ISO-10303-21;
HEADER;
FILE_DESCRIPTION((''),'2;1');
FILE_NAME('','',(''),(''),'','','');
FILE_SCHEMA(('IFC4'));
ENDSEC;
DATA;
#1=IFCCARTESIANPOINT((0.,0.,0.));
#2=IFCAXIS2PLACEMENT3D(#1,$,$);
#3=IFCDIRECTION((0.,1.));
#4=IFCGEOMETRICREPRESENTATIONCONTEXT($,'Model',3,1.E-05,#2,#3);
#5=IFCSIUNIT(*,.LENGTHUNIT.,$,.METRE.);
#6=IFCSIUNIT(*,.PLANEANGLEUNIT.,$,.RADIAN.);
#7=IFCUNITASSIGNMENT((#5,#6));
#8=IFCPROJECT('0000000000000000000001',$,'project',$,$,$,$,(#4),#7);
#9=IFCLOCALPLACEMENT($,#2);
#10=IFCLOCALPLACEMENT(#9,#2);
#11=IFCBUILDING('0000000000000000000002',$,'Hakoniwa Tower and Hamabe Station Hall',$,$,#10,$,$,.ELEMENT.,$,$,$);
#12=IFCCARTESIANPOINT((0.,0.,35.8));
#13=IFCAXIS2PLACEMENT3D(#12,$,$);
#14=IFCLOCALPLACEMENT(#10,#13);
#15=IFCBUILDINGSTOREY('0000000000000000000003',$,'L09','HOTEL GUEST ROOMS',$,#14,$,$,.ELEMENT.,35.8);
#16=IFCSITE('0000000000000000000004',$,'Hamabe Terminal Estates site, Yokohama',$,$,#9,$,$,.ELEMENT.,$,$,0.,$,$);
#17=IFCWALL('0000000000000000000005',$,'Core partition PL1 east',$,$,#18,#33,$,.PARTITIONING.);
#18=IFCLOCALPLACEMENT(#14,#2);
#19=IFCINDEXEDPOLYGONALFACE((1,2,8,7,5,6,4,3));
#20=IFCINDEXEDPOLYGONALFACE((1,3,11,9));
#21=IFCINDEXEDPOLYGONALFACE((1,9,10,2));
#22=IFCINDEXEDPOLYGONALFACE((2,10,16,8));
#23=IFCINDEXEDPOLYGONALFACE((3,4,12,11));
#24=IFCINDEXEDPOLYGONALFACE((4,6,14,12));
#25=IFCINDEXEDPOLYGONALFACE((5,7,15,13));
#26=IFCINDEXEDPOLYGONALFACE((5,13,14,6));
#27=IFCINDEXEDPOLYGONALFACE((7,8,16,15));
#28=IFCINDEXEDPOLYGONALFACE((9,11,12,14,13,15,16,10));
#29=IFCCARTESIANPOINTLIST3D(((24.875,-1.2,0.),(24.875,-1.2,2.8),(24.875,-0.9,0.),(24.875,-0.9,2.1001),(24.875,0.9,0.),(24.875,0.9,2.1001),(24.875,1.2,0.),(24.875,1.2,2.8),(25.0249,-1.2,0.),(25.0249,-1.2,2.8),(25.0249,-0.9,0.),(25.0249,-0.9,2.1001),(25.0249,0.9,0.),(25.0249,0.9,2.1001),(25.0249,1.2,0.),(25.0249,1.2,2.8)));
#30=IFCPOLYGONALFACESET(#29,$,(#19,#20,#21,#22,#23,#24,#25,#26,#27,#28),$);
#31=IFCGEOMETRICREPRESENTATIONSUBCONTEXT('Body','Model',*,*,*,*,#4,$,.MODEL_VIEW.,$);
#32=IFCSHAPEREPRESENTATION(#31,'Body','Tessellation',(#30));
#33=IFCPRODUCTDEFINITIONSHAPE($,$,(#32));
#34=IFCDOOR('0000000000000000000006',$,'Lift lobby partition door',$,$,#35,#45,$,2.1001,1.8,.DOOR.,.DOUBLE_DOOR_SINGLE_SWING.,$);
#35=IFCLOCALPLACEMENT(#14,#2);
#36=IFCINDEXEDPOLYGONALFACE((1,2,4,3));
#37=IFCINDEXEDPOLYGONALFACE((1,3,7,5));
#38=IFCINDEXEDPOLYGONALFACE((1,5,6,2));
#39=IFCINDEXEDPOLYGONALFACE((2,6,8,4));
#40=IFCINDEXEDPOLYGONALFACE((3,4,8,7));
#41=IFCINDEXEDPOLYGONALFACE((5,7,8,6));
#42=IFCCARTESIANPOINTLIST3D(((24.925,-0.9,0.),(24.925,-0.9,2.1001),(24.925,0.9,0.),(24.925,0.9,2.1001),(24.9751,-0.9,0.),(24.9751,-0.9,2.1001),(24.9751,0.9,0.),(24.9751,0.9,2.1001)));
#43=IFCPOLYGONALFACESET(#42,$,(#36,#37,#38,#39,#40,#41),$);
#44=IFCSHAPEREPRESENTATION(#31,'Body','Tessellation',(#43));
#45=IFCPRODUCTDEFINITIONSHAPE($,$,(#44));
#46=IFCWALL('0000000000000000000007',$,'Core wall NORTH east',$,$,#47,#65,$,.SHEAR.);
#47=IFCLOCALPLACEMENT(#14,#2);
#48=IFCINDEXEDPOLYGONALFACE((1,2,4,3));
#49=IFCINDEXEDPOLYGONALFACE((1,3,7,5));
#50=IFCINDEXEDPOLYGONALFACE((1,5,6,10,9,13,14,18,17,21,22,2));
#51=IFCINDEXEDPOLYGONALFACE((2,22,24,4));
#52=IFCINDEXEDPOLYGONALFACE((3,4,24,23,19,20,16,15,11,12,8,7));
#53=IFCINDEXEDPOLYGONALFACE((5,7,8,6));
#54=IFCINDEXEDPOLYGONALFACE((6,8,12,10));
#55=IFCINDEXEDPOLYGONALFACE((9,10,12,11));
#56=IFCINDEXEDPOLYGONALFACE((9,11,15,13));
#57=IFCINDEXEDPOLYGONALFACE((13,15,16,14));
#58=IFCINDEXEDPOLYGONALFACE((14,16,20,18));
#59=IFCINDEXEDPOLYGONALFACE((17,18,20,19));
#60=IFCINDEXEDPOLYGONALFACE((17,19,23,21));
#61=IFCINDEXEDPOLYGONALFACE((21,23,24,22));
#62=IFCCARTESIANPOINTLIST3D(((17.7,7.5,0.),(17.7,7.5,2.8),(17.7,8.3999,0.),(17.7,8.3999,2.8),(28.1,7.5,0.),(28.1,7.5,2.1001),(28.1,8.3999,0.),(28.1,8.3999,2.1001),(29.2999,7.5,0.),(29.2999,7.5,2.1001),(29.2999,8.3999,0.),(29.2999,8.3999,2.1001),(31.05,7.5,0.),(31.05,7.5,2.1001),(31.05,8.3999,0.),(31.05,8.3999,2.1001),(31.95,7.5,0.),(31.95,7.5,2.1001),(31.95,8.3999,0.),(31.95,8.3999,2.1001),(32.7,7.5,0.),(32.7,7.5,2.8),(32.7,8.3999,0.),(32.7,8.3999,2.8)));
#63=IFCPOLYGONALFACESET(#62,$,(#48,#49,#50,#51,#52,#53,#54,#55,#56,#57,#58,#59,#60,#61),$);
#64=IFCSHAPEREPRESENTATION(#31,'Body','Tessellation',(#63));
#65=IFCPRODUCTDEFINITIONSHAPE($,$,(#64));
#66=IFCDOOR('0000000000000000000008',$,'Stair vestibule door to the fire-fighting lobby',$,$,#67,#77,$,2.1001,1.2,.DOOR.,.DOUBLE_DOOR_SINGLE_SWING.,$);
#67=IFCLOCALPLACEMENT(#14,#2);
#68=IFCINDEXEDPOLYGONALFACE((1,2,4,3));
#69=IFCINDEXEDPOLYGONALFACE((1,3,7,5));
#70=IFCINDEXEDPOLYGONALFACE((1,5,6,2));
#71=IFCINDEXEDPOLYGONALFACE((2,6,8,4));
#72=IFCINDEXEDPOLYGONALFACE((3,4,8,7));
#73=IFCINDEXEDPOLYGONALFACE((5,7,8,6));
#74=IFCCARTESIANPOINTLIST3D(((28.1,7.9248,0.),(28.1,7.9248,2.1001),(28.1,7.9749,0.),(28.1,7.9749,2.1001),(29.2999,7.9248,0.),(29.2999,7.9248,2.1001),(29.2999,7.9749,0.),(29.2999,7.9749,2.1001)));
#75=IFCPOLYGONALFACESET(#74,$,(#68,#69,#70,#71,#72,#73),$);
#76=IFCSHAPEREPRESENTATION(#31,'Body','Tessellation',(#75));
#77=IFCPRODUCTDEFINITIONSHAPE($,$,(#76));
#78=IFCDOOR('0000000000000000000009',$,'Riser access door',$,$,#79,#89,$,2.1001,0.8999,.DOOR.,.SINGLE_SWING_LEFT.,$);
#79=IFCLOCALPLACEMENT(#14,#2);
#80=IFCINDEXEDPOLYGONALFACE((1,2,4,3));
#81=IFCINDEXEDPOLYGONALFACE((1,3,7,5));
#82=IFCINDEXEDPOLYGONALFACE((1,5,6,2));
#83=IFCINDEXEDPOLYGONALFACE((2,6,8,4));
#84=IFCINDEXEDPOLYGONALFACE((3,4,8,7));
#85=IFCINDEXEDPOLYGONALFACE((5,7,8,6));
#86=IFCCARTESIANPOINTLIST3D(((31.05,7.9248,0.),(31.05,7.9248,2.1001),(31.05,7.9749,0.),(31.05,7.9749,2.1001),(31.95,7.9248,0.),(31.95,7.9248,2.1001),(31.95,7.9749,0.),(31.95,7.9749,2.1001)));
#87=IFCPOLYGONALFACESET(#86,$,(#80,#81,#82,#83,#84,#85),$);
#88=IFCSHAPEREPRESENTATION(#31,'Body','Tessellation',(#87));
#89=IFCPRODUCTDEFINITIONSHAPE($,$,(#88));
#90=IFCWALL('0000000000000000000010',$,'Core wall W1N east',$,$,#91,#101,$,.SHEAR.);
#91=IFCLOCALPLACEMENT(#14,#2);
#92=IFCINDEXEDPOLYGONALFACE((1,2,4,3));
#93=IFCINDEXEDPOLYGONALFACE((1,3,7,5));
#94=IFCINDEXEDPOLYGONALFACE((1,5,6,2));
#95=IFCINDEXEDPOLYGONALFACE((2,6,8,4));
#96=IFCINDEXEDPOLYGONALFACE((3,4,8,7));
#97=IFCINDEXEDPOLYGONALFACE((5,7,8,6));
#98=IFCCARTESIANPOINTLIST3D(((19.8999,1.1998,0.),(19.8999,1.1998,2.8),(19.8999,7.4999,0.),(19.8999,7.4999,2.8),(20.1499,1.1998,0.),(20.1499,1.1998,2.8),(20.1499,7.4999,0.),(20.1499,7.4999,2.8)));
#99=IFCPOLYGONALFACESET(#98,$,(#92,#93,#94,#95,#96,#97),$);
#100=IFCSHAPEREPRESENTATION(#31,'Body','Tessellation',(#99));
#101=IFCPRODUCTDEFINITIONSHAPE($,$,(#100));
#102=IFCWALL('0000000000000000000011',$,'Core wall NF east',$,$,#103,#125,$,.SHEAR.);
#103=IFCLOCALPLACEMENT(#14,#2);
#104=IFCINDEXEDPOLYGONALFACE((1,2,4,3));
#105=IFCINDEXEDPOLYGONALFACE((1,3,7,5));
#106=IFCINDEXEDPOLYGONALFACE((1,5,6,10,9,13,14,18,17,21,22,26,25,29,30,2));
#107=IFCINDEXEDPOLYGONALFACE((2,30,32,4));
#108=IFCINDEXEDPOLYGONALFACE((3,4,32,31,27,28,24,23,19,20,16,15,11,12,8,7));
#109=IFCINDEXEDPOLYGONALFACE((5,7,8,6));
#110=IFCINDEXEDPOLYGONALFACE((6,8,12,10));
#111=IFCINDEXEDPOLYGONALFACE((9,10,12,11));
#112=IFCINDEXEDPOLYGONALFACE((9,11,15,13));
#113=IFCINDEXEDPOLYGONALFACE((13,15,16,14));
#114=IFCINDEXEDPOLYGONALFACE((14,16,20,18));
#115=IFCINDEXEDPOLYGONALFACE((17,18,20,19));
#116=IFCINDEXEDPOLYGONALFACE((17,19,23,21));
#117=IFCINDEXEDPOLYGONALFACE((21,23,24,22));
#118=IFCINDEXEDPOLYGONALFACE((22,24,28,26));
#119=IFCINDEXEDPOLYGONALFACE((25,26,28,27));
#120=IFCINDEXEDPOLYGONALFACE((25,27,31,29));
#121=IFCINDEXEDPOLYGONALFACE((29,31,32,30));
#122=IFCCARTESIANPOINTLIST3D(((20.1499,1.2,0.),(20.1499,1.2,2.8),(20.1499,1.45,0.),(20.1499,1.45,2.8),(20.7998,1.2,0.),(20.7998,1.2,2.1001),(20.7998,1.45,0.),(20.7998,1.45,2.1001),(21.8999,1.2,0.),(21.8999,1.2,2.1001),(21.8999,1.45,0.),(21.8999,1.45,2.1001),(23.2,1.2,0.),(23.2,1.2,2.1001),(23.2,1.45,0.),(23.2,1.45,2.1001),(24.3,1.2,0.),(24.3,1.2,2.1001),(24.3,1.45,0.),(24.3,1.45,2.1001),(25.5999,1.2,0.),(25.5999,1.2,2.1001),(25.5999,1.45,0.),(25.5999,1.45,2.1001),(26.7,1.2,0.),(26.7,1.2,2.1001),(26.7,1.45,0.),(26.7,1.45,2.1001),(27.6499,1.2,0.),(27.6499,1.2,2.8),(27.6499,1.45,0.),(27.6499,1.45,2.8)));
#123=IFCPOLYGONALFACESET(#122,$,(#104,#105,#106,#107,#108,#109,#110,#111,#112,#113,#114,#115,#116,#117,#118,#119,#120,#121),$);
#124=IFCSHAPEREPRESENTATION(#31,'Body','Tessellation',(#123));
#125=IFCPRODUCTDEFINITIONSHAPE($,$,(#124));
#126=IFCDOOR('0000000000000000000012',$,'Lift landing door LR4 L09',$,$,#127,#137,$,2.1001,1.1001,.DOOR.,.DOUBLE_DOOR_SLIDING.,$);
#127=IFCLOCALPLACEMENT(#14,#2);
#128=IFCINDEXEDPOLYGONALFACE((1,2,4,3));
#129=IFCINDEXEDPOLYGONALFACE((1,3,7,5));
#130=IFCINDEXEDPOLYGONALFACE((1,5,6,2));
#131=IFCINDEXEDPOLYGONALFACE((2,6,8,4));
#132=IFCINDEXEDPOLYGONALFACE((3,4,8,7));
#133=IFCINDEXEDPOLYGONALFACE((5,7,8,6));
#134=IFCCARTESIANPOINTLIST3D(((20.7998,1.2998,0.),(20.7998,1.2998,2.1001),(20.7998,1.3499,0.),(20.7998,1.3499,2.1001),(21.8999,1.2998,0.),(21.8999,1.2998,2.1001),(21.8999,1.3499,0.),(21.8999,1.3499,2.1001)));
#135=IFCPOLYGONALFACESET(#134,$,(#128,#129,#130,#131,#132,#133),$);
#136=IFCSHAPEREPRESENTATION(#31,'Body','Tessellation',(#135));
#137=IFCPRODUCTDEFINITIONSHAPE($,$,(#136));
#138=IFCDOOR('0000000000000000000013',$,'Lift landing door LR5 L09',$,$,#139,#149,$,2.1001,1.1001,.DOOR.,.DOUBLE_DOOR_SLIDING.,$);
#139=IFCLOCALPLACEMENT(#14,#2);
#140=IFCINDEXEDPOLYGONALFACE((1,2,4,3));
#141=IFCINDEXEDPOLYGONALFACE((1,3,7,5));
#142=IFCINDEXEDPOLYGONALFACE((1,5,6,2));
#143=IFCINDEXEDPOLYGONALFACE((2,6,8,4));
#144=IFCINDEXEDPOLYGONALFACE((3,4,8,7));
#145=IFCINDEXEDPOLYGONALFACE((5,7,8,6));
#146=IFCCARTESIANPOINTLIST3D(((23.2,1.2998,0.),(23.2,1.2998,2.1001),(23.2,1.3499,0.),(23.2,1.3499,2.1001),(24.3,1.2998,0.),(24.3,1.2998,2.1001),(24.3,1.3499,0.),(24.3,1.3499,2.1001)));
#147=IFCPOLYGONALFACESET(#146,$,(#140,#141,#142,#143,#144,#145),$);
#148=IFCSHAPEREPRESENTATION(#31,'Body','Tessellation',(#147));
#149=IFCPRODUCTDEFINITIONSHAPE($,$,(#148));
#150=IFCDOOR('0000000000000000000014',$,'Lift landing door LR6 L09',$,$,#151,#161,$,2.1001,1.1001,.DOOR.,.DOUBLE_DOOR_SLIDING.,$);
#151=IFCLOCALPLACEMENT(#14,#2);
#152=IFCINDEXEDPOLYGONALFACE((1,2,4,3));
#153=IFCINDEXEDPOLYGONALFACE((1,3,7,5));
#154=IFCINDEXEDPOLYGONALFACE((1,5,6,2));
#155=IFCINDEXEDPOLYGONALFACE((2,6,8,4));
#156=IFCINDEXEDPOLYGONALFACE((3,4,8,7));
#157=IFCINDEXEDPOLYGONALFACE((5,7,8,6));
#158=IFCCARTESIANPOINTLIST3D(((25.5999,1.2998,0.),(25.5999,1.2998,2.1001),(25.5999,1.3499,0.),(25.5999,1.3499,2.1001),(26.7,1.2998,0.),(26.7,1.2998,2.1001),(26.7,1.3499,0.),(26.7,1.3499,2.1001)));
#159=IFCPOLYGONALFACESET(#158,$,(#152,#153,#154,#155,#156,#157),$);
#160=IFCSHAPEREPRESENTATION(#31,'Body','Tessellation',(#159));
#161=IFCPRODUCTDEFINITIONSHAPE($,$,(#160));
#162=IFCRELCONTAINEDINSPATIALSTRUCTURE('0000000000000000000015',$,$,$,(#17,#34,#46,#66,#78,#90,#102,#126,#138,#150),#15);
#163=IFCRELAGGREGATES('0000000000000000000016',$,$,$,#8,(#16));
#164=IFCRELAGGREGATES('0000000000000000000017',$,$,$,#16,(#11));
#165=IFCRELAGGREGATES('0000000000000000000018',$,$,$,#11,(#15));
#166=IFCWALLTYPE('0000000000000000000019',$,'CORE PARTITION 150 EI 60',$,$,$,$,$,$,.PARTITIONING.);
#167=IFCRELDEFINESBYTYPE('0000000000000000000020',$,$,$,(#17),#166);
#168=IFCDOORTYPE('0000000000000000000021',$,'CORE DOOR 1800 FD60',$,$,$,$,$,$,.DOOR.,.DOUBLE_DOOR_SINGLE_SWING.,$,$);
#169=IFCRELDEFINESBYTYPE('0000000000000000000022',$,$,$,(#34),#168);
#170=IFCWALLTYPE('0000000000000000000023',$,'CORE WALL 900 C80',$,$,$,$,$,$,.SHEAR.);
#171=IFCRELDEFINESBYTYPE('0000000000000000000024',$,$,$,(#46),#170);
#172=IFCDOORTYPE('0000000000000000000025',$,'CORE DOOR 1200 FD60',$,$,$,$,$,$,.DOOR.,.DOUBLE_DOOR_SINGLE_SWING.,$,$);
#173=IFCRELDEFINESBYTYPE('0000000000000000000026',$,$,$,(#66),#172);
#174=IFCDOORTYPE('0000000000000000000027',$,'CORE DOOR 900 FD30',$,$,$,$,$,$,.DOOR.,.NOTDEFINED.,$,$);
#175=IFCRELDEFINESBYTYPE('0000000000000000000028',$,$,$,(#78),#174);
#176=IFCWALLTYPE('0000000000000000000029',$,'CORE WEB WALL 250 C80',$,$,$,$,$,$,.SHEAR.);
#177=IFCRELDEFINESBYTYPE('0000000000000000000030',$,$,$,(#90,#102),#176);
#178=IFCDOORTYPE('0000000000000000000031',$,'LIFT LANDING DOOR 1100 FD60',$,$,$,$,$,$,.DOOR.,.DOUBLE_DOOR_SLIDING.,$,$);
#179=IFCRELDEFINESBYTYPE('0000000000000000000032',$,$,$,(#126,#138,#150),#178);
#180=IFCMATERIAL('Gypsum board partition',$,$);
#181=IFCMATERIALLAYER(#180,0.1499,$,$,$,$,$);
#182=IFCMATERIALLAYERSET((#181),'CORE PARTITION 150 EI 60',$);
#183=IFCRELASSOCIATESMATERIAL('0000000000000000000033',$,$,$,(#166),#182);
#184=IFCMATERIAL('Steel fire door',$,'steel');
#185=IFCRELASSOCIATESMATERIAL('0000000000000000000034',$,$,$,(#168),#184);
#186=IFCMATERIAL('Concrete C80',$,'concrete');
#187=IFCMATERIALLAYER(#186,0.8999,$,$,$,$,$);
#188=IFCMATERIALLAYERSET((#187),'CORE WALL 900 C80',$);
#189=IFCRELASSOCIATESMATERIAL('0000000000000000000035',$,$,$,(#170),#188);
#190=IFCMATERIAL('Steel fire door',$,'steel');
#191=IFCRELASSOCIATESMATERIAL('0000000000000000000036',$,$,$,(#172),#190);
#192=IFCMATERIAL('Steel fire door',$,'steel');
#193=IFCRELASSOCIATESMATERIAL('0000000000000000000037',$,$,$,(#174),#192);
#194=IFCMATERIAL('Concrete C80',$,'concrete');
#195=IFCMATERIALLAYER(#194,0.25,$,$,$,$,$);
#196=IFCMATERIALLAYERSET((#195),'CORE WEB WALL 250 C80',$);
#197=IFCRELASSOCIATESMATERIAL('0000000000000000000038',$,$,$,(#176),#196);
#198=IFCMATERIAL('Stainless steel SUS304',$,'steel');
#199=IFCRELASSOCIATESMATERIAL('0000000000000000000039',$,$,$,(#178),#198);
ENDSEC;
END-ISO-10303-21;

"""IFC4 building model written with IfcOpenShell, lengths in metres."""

from ifc_helpers import new_model, si_unit, direction, frame, frame_2d, origin, place, context, subcontext, project, spatial, rectangle, extrude, material, layer, layer_set, type_object, element, fill, save


model = new_model("IFC4")

# Units and contexts
model_context = context("Model", 3, precision=1e-05, world=origin(), true_north=direction((0.0, 1.0)))
body_context = subcontext(model_context, "Body", "Model", "MODEL_VIEW")
ifc_project = project(units=[si_unit("LENGTHUNIT", "METRE"), si_unit("PLANEANGLEUNIT", "RADIAN")], contexts=[model_context])

# Site, building, storey
site_placement = place(None, origin())
site = spatial("IfcSite", under=ifc_project, at=site_placement, Name="Hamabe Terminal Estates site, Yokohama", CompositionType="ELEMENT", RefElevation=0.0)
building_placement = place(site_placement, origin())
building = spatial("IfcBuilding", under=site, at=building_placement, Name="Hakoniwa Tower and Hamabe Station Hall", CompositionType="ELEMENT")
storey_placement = place(building_placement, frame((0.0, 0.0, 35.8)))
storey = spatial("IfcBuildingStorey", under=building, at=storey_placement, Name="L09", Description="HOTEL GUEST ROOMS", CompositionType="ELEMENT", Elevation=35.8)

# Wall, opening, door
ifc_material_1 = material(Name="Gypsum board partition")
ifc_layer_1 = layer(ifc_material_1, 0.1499)
ifc_layer_set_1 = layer_set([ifc_layer_1], Name="CORE PARTITION 150 EI 60")
wall_type_1 = type_object("IfcWallType", Name="CORE PARTITION 150 EI 60", PredefinedType="PARTITIONING", material=ifc_layer_set_1)
wall_1_placement = place(storey_placement, frame((24.95, -1.2, 0.0), z_axis=(0.0, 0.0, 1.0), x_axis=(0.0, 1.0, 0.0)))
wall_1 = element("IfcWall", 1, at=wall_1_placement, inside=storey, type_object=wall_type_1, Name="Core partition PL1 east", PredefinedType="PARTITIONING", context=body_context, shape_type="SweptSolid", body=[
    extrude(rectangle(XDim=2.3999, YDim=0.1499, at=frame_2d((1.2, 0.0))), origin(), (0.0, 0.0, 1.0), 2.8),
])
opening_1_placement = place(wall_1_placement, frame((0.3, 0.0, 0.0)))
opening_1 = element("IfcOpeningElement", 2, at=opening_1_placement, cuts=wall_1, PredefinedType="OPENING", context=body_context, shape_type="SweptSolid", body=[
    extrude(rectangle(XDim=1.8, YDim=2.1001, at=frame_2d((0.8999, 1.05))), frame((0.0, 0.085, 0.0), z_axis=(0.0, -1.0, 0.0), x_axis=(1.0, 0.0, 0.0)), (0.0, 0.0, 1.0), 0.1699),
])
ifc_material_2 = material(Name="Steel fire door", Category="steel")
door_type_1 = type_object("IfcDoorType", Name="CORE DOOR 1800 FD60", OperationType="DOUBLE_DOOR_SINGLE_SWING", PredefinedType="DOOR", material=ifc_material_2)
door_1_placement = place(opening_1_placement, origin())
door_1 = element("IfcDoor", 3, at=door_1_placement, inside=storey, type_object=door_type_1, Name="Lift lobby partition door", OperationType="DOUBLE_DOOR_SINGLE_SWING", OverallHeight=2.1001, OverallWidth=1.8, PredefinedType="DOOR", context=body_context, shape_type="SweptSolid", body=[
    extrude(rectangle(XDim=1.8, YDim=2.1001, at=frame_2d((0.8999, 1.05))), frame((0.0, 0.0249, 0.0), z_axis=(0.0, -1.0, 0.0), x_axis=(1.0, 0.0, 0.0)), (0.0, 0.0, 1.0), 0.05),
])
fill(opening_1, door_1)

# Wall, openings, doors
ifc_material_3 = material(Name="Concrete C80", Category="concrete")
ifc_layer_2 = layer(ifc_material_3, 0.8999)
ifc_layer_set_2 = layer_set([ifc_layer_2], Name="CORE WALL 900 C80")
wall_type_2 = type_object("IfcWallType", Name="CORE WALL 900 C80", PredefinedType="SHEAR", material=ifc_layer_set_2)
wall_2_placement = place(storey_placement, frame((17.7, 7.95, 0.0), z_axis=(0.0, 0.0, 1.0), x_axis=(1.0, 0.0, 0.0)))
wall_2 = element("IfcWall", 4, at=wall_2_placement, inside=storey, type_object=wall_type_2, Name="Core wall NORTH east", PredefinedType="SHEAR", context=body_context, shape_type="SweptSolid", body=[
    extrude(rectangle(XDim=15.0, YDim=0.8999, at=frame_2d((7.5, 0.0))), origin(), (0.0, 0.0, 1.0), 2.8),
])
opening_2_placement = place(wall_2_placement, frame((10.3999, 0.0, 0.0)))
opening_2 = element("IfcOpeningElement", 5, at=opening_2_placement, cuts=wall_2, PredefinedType="OPENING", context=body_context, shape_type="SweptSolid", body=[
    extrude(rectangle(XDim=1.2, YDim=2.1001, at=frame_2d((0.6001, 1.05))), frame((0.0, 0.46, 0.0), z_axis=(0.0, -1.0, 0.0), x_axis=(1.0, 0.0, 0.0)), (0.0, 0.0, 1.0), 0.9199),
])
opening_3_placement = place(wall_2_placement, frame((13.3501, 0.0, 0.0)))
opening_3 = element("IfcOpeningElement", 6, at=opening_3_placement, cuts=wall_2, PredefinedType="OPENING", context=body_context, shape_type="SweptSolid", body=[
    extrude(rectangle(XDim=0.8999, YDim=2.1001, at=frame_2d((0.45, 1.05))), frame((0.0, 0.46, 0.0), z_axis=(0.0, -1.0, 0.0), x_axis=(1.0, 0.0, 0.0)), (0.0, 0.0, 1.0), 0.9199),
])
ifc_material_4 = material(Name="Steel fire door", Category="steel")
door_type_2 = type_object("IfcDoorType", Name="CORE DOOR 1200 FD60", OperationType="DOUBLE_DOOR_SINGLE_SWING", PredefinedType="DOOR", material=ifc_material_4)
door_2_placement = place(opening_2_placement, origin())
door_2 = element("IfcDoor", 7, at=door_2_placement, inside=storey, type_object=door_type_2, Name="Stair vestibule door to the fire-fighting lobby", OperationType="DOUBLE_DOOR_SINGLE_SWING", OverallHeight=2.1001, OverallWidth=1.2, PredefinedType="DOOR", context=body_context, shape_type="SweptSolid", body=[
    extrude(rectangle(XDim=1.2, YDim=2.1001, at=frame_2d((0.6001, 1.05))), frame((0.0, 0.0249, 0.0), z_axis=(0.0, -1.0, 0.0), x_axis=(1.0, 0.0, 0.0)), (0.0, 0.0, 1.0), 0.05),
])
fill(opening_2, door_2)
ifc_material_5 = material(Name="Steel fire door", Category="steel")
door_type_3 = type_object("IfcDoorType", Name="CORE DOOR 900 FD30", OperationType="NOTDEFINED", PredefinedType="DOOR", material=ifc_material_5)
door_3_placement = place(opening_3_placement, origin())
door_3 = element("IfcDoor", 8, at=door_3_placement, inside=storey, type_object=door_type_3, Name="Riser access door", OperationType="SINGLE_SWING_LEFT", OverallHeight=2.1001, OverallWidth=0.8999, PredefinedType="DOOR", context=body_context, shape_type="SweptSolid", body=[
    extrude(rectangle(XDim=0.8999, YDim=2.1001, at=frame_2d((0.45, 1.05))), frame((0.0, 0.0249, 0.0), z_axis=(0.0, -1.0, 0.0), x_axis=(1.0, 0.0, 0.0)), (0.0, 0.0, 1.0), 0.05),
])
fill(opening_3, door_3)

# Wall
ifc_material_6 = material(Name="Concrete C80", Category="concrete")
ifc_layer_3 = layer(ifc_material_6, 0.25)
ifc_layer_set_3 = layer_set([ifc_layer_3], Name="CORE WEB WALL 250 C80")
wall_type_3 = type_object("IfcWallType", Name="CORE WEB WALL 250 C80", PredefinedType="SHEAR", material=ifc_layer_set_3)
wall_3_placement = place(storey_placement, frame((20.0249, 1.2, 0.0), z_axis=(0.0, 0.0, 1.0), x_axis=(0.0, 1.0, 0.0)))
element("IfcWall", 9, at=wall_3_placement, inside=storey, type_object=wall_type_3, Name="Core wall W1N east", PredefinedType="SHEAR", context=body_context, shape_type="SweptSolid", body=[
    extrude(rectangle(XDim=6.3, YDim=0.25, at=frame_2d((3.1499, 0.0))), origin(), (0.0, 0.0, 1.0), 2.8),
])

# Wall, openings, doors
wall_4_placement = place(storey_placement, frame((20.1499, 1.325, 0.0), z_axis=(0.0, 0.0, 1.0), x_axis=(1.0, 0.0, 0.0)))
wall_4 = element("IfcWall", 10, at=wall_4_placement, inside=storey, type_object=wall_type_3, Name="Core wall NF east", PredefinedType="SHEAR", context=body_context, shape_type="SweptSolid", body=[
    extrude(rectangle(XDim=7.5, YDim=0.25, at=frame_2d((3.75, 0.0))), origin(), (0.0, 0.0, 1.0), 2.8),
])
opening_4_placement = place(wall_4_placement, frame((0.6499, 0.0, 0.0)))
opening_4 = element("IfcOpeningElement", 11, at=opening_4_placement, cuts=wall_4, PredefinedType="OPENING", context=body_context, shape_type="SweptSolid", body=[
    extrude(rectangle(XDim=1.1001, YDim=2.1001, at=frame_2d((0.55, 1.05))), frame((0.0, 0.135, 0.0), z_axis=(0.0, -1.0, 0.0), x_axis=(1.0, 0.0, 0.0)), (0.0, 0.0, 1.0), 0.27),
])
opening_5_placement = place(wall_4_placement, frame((3.05, 0.0, 0.0)))
opening_5 = element("IfcOpeningElement", 12, at=opening_5_placement, cuts=wall_4, PredefinedType="OPENING", context=body_context, shape_type="SweptSolid", body=[
    extrude(rectangle(XDim=1.1001, YDim=2.1001, at=frame_2d((0.55, 1.05))), frame((0.0, 0.135, 0.0), z_axis=(0.0, -1.0, 0.0), x_axis=(1.0, 0.0, 0.0)), (0.0, 0.0, 1.0), 0.27),
])
opening_6_placement = place(wall_4_placement, frame((5.45, 0.0, 0.0)))
opening_6 = element("IfcOpeningElement", 13, at=opening_6_placement, cuts=wall_4, PredefinedType="OPENING", context=body_context, shape_type="SweptSolid", body=[
    extrude(rectangle(XDim=1.1001, YDim=2.1001, at=frame_2d((0.55, 1.05))), frame((0.0, 0.135, 0.0), z_axis=(0.0, -1.0, 0.0), x_axis=(1.0, 0.0, 0.0)), (0.0, 0.0, 1.0), 0.27),
])
ifc_material_7 = material(Name="Stainless steel SUS304", Category="steel")
door_type_4 = type_object("IfcDoorType", Name="LIFT LANDING DOOR 1100 FD60", OperationType="DOUBLE_DOOR_SLIDING", PredefinedType="DOOR", material=ifc_material_7)
door_4_placement = place(opening_4_placement, origin())
door_4 = element("IfcDoor", 14, at=door_4_placement, inside=storey, type_object=door_type_4, Name="Lift landing door LR4 L09", OperationType="DOUBLE_DOOR_SLIDING", OverallHeight=2.1001, OverallWidth=1.1001, PredefinedType="DOOR", context=body_context, shape_type="SweptSolid", body=[
    extrude(rectangle(XDim=1.1001, YDim=2.1001, at=frame_2d((0.55, 1.05))), frame((0.0, 0.0249, 0.0), z_axis=(0.0, -1.0, 0.0), x_axis=(1.0, 0.0, 0.0)), (0.0, 0.0, 1.0), 0.05),
])
fill(opening_4, door_4)
door_5_placement = place(opening_5_placement, origin())
door_5 = element("IfcDoor", 15, at=door_5_placement, inside=storey, type_object=door_type_4, Name="Lift landing door LR5 L09", OperationType="DOUBLE_DOOR_SLIDING", OverallHeight=2.1001, OverallWidth=1.1001, PredefinedType="DOOR", context=body_context, shape_type="SweptSolid", body=[
    extrude(rectangle(XDim=1.1001, YDim=2.1001, at=frame_2d((0.55, 1.05))), frame((0.0, 0.0249, 0.0), z_axis=(0.0, -1.0, 0.0), x_axis=(1.0, 0.0, 0.0)), (0.0, 0.0, 1.0), 0.05),
])
fill(opening_5, door_5)
door_6_placement = place(opening_6_placement, origin())
door_6 = element("IfcDoor", 16, at=door_6_placement, inside=storey, type_object=door_type_4, Name="Lift landing door LR6 L09", OperationType="DOUBLE_DOOR_SLIDING", OverallHeight=2.1001, OverallWidth=1.1001, PredefinedType="DOOR", context=body_context, shape_type="SweptSolid", body=[
    extrude(rectangle(XDim=1.1001, YDim=2.1001, at=frame_2d((0.55, 1.05))), frame((0.0, 0.0249, 0.0), z_axis=(0.0, -1.0, 0.0), x_axis=(1.0, 0.0, 0.0)), (0.0, 0.0, 1.0), 0.05),
])
fill(opening_6, door_6)

save(model, "model.ifc")
